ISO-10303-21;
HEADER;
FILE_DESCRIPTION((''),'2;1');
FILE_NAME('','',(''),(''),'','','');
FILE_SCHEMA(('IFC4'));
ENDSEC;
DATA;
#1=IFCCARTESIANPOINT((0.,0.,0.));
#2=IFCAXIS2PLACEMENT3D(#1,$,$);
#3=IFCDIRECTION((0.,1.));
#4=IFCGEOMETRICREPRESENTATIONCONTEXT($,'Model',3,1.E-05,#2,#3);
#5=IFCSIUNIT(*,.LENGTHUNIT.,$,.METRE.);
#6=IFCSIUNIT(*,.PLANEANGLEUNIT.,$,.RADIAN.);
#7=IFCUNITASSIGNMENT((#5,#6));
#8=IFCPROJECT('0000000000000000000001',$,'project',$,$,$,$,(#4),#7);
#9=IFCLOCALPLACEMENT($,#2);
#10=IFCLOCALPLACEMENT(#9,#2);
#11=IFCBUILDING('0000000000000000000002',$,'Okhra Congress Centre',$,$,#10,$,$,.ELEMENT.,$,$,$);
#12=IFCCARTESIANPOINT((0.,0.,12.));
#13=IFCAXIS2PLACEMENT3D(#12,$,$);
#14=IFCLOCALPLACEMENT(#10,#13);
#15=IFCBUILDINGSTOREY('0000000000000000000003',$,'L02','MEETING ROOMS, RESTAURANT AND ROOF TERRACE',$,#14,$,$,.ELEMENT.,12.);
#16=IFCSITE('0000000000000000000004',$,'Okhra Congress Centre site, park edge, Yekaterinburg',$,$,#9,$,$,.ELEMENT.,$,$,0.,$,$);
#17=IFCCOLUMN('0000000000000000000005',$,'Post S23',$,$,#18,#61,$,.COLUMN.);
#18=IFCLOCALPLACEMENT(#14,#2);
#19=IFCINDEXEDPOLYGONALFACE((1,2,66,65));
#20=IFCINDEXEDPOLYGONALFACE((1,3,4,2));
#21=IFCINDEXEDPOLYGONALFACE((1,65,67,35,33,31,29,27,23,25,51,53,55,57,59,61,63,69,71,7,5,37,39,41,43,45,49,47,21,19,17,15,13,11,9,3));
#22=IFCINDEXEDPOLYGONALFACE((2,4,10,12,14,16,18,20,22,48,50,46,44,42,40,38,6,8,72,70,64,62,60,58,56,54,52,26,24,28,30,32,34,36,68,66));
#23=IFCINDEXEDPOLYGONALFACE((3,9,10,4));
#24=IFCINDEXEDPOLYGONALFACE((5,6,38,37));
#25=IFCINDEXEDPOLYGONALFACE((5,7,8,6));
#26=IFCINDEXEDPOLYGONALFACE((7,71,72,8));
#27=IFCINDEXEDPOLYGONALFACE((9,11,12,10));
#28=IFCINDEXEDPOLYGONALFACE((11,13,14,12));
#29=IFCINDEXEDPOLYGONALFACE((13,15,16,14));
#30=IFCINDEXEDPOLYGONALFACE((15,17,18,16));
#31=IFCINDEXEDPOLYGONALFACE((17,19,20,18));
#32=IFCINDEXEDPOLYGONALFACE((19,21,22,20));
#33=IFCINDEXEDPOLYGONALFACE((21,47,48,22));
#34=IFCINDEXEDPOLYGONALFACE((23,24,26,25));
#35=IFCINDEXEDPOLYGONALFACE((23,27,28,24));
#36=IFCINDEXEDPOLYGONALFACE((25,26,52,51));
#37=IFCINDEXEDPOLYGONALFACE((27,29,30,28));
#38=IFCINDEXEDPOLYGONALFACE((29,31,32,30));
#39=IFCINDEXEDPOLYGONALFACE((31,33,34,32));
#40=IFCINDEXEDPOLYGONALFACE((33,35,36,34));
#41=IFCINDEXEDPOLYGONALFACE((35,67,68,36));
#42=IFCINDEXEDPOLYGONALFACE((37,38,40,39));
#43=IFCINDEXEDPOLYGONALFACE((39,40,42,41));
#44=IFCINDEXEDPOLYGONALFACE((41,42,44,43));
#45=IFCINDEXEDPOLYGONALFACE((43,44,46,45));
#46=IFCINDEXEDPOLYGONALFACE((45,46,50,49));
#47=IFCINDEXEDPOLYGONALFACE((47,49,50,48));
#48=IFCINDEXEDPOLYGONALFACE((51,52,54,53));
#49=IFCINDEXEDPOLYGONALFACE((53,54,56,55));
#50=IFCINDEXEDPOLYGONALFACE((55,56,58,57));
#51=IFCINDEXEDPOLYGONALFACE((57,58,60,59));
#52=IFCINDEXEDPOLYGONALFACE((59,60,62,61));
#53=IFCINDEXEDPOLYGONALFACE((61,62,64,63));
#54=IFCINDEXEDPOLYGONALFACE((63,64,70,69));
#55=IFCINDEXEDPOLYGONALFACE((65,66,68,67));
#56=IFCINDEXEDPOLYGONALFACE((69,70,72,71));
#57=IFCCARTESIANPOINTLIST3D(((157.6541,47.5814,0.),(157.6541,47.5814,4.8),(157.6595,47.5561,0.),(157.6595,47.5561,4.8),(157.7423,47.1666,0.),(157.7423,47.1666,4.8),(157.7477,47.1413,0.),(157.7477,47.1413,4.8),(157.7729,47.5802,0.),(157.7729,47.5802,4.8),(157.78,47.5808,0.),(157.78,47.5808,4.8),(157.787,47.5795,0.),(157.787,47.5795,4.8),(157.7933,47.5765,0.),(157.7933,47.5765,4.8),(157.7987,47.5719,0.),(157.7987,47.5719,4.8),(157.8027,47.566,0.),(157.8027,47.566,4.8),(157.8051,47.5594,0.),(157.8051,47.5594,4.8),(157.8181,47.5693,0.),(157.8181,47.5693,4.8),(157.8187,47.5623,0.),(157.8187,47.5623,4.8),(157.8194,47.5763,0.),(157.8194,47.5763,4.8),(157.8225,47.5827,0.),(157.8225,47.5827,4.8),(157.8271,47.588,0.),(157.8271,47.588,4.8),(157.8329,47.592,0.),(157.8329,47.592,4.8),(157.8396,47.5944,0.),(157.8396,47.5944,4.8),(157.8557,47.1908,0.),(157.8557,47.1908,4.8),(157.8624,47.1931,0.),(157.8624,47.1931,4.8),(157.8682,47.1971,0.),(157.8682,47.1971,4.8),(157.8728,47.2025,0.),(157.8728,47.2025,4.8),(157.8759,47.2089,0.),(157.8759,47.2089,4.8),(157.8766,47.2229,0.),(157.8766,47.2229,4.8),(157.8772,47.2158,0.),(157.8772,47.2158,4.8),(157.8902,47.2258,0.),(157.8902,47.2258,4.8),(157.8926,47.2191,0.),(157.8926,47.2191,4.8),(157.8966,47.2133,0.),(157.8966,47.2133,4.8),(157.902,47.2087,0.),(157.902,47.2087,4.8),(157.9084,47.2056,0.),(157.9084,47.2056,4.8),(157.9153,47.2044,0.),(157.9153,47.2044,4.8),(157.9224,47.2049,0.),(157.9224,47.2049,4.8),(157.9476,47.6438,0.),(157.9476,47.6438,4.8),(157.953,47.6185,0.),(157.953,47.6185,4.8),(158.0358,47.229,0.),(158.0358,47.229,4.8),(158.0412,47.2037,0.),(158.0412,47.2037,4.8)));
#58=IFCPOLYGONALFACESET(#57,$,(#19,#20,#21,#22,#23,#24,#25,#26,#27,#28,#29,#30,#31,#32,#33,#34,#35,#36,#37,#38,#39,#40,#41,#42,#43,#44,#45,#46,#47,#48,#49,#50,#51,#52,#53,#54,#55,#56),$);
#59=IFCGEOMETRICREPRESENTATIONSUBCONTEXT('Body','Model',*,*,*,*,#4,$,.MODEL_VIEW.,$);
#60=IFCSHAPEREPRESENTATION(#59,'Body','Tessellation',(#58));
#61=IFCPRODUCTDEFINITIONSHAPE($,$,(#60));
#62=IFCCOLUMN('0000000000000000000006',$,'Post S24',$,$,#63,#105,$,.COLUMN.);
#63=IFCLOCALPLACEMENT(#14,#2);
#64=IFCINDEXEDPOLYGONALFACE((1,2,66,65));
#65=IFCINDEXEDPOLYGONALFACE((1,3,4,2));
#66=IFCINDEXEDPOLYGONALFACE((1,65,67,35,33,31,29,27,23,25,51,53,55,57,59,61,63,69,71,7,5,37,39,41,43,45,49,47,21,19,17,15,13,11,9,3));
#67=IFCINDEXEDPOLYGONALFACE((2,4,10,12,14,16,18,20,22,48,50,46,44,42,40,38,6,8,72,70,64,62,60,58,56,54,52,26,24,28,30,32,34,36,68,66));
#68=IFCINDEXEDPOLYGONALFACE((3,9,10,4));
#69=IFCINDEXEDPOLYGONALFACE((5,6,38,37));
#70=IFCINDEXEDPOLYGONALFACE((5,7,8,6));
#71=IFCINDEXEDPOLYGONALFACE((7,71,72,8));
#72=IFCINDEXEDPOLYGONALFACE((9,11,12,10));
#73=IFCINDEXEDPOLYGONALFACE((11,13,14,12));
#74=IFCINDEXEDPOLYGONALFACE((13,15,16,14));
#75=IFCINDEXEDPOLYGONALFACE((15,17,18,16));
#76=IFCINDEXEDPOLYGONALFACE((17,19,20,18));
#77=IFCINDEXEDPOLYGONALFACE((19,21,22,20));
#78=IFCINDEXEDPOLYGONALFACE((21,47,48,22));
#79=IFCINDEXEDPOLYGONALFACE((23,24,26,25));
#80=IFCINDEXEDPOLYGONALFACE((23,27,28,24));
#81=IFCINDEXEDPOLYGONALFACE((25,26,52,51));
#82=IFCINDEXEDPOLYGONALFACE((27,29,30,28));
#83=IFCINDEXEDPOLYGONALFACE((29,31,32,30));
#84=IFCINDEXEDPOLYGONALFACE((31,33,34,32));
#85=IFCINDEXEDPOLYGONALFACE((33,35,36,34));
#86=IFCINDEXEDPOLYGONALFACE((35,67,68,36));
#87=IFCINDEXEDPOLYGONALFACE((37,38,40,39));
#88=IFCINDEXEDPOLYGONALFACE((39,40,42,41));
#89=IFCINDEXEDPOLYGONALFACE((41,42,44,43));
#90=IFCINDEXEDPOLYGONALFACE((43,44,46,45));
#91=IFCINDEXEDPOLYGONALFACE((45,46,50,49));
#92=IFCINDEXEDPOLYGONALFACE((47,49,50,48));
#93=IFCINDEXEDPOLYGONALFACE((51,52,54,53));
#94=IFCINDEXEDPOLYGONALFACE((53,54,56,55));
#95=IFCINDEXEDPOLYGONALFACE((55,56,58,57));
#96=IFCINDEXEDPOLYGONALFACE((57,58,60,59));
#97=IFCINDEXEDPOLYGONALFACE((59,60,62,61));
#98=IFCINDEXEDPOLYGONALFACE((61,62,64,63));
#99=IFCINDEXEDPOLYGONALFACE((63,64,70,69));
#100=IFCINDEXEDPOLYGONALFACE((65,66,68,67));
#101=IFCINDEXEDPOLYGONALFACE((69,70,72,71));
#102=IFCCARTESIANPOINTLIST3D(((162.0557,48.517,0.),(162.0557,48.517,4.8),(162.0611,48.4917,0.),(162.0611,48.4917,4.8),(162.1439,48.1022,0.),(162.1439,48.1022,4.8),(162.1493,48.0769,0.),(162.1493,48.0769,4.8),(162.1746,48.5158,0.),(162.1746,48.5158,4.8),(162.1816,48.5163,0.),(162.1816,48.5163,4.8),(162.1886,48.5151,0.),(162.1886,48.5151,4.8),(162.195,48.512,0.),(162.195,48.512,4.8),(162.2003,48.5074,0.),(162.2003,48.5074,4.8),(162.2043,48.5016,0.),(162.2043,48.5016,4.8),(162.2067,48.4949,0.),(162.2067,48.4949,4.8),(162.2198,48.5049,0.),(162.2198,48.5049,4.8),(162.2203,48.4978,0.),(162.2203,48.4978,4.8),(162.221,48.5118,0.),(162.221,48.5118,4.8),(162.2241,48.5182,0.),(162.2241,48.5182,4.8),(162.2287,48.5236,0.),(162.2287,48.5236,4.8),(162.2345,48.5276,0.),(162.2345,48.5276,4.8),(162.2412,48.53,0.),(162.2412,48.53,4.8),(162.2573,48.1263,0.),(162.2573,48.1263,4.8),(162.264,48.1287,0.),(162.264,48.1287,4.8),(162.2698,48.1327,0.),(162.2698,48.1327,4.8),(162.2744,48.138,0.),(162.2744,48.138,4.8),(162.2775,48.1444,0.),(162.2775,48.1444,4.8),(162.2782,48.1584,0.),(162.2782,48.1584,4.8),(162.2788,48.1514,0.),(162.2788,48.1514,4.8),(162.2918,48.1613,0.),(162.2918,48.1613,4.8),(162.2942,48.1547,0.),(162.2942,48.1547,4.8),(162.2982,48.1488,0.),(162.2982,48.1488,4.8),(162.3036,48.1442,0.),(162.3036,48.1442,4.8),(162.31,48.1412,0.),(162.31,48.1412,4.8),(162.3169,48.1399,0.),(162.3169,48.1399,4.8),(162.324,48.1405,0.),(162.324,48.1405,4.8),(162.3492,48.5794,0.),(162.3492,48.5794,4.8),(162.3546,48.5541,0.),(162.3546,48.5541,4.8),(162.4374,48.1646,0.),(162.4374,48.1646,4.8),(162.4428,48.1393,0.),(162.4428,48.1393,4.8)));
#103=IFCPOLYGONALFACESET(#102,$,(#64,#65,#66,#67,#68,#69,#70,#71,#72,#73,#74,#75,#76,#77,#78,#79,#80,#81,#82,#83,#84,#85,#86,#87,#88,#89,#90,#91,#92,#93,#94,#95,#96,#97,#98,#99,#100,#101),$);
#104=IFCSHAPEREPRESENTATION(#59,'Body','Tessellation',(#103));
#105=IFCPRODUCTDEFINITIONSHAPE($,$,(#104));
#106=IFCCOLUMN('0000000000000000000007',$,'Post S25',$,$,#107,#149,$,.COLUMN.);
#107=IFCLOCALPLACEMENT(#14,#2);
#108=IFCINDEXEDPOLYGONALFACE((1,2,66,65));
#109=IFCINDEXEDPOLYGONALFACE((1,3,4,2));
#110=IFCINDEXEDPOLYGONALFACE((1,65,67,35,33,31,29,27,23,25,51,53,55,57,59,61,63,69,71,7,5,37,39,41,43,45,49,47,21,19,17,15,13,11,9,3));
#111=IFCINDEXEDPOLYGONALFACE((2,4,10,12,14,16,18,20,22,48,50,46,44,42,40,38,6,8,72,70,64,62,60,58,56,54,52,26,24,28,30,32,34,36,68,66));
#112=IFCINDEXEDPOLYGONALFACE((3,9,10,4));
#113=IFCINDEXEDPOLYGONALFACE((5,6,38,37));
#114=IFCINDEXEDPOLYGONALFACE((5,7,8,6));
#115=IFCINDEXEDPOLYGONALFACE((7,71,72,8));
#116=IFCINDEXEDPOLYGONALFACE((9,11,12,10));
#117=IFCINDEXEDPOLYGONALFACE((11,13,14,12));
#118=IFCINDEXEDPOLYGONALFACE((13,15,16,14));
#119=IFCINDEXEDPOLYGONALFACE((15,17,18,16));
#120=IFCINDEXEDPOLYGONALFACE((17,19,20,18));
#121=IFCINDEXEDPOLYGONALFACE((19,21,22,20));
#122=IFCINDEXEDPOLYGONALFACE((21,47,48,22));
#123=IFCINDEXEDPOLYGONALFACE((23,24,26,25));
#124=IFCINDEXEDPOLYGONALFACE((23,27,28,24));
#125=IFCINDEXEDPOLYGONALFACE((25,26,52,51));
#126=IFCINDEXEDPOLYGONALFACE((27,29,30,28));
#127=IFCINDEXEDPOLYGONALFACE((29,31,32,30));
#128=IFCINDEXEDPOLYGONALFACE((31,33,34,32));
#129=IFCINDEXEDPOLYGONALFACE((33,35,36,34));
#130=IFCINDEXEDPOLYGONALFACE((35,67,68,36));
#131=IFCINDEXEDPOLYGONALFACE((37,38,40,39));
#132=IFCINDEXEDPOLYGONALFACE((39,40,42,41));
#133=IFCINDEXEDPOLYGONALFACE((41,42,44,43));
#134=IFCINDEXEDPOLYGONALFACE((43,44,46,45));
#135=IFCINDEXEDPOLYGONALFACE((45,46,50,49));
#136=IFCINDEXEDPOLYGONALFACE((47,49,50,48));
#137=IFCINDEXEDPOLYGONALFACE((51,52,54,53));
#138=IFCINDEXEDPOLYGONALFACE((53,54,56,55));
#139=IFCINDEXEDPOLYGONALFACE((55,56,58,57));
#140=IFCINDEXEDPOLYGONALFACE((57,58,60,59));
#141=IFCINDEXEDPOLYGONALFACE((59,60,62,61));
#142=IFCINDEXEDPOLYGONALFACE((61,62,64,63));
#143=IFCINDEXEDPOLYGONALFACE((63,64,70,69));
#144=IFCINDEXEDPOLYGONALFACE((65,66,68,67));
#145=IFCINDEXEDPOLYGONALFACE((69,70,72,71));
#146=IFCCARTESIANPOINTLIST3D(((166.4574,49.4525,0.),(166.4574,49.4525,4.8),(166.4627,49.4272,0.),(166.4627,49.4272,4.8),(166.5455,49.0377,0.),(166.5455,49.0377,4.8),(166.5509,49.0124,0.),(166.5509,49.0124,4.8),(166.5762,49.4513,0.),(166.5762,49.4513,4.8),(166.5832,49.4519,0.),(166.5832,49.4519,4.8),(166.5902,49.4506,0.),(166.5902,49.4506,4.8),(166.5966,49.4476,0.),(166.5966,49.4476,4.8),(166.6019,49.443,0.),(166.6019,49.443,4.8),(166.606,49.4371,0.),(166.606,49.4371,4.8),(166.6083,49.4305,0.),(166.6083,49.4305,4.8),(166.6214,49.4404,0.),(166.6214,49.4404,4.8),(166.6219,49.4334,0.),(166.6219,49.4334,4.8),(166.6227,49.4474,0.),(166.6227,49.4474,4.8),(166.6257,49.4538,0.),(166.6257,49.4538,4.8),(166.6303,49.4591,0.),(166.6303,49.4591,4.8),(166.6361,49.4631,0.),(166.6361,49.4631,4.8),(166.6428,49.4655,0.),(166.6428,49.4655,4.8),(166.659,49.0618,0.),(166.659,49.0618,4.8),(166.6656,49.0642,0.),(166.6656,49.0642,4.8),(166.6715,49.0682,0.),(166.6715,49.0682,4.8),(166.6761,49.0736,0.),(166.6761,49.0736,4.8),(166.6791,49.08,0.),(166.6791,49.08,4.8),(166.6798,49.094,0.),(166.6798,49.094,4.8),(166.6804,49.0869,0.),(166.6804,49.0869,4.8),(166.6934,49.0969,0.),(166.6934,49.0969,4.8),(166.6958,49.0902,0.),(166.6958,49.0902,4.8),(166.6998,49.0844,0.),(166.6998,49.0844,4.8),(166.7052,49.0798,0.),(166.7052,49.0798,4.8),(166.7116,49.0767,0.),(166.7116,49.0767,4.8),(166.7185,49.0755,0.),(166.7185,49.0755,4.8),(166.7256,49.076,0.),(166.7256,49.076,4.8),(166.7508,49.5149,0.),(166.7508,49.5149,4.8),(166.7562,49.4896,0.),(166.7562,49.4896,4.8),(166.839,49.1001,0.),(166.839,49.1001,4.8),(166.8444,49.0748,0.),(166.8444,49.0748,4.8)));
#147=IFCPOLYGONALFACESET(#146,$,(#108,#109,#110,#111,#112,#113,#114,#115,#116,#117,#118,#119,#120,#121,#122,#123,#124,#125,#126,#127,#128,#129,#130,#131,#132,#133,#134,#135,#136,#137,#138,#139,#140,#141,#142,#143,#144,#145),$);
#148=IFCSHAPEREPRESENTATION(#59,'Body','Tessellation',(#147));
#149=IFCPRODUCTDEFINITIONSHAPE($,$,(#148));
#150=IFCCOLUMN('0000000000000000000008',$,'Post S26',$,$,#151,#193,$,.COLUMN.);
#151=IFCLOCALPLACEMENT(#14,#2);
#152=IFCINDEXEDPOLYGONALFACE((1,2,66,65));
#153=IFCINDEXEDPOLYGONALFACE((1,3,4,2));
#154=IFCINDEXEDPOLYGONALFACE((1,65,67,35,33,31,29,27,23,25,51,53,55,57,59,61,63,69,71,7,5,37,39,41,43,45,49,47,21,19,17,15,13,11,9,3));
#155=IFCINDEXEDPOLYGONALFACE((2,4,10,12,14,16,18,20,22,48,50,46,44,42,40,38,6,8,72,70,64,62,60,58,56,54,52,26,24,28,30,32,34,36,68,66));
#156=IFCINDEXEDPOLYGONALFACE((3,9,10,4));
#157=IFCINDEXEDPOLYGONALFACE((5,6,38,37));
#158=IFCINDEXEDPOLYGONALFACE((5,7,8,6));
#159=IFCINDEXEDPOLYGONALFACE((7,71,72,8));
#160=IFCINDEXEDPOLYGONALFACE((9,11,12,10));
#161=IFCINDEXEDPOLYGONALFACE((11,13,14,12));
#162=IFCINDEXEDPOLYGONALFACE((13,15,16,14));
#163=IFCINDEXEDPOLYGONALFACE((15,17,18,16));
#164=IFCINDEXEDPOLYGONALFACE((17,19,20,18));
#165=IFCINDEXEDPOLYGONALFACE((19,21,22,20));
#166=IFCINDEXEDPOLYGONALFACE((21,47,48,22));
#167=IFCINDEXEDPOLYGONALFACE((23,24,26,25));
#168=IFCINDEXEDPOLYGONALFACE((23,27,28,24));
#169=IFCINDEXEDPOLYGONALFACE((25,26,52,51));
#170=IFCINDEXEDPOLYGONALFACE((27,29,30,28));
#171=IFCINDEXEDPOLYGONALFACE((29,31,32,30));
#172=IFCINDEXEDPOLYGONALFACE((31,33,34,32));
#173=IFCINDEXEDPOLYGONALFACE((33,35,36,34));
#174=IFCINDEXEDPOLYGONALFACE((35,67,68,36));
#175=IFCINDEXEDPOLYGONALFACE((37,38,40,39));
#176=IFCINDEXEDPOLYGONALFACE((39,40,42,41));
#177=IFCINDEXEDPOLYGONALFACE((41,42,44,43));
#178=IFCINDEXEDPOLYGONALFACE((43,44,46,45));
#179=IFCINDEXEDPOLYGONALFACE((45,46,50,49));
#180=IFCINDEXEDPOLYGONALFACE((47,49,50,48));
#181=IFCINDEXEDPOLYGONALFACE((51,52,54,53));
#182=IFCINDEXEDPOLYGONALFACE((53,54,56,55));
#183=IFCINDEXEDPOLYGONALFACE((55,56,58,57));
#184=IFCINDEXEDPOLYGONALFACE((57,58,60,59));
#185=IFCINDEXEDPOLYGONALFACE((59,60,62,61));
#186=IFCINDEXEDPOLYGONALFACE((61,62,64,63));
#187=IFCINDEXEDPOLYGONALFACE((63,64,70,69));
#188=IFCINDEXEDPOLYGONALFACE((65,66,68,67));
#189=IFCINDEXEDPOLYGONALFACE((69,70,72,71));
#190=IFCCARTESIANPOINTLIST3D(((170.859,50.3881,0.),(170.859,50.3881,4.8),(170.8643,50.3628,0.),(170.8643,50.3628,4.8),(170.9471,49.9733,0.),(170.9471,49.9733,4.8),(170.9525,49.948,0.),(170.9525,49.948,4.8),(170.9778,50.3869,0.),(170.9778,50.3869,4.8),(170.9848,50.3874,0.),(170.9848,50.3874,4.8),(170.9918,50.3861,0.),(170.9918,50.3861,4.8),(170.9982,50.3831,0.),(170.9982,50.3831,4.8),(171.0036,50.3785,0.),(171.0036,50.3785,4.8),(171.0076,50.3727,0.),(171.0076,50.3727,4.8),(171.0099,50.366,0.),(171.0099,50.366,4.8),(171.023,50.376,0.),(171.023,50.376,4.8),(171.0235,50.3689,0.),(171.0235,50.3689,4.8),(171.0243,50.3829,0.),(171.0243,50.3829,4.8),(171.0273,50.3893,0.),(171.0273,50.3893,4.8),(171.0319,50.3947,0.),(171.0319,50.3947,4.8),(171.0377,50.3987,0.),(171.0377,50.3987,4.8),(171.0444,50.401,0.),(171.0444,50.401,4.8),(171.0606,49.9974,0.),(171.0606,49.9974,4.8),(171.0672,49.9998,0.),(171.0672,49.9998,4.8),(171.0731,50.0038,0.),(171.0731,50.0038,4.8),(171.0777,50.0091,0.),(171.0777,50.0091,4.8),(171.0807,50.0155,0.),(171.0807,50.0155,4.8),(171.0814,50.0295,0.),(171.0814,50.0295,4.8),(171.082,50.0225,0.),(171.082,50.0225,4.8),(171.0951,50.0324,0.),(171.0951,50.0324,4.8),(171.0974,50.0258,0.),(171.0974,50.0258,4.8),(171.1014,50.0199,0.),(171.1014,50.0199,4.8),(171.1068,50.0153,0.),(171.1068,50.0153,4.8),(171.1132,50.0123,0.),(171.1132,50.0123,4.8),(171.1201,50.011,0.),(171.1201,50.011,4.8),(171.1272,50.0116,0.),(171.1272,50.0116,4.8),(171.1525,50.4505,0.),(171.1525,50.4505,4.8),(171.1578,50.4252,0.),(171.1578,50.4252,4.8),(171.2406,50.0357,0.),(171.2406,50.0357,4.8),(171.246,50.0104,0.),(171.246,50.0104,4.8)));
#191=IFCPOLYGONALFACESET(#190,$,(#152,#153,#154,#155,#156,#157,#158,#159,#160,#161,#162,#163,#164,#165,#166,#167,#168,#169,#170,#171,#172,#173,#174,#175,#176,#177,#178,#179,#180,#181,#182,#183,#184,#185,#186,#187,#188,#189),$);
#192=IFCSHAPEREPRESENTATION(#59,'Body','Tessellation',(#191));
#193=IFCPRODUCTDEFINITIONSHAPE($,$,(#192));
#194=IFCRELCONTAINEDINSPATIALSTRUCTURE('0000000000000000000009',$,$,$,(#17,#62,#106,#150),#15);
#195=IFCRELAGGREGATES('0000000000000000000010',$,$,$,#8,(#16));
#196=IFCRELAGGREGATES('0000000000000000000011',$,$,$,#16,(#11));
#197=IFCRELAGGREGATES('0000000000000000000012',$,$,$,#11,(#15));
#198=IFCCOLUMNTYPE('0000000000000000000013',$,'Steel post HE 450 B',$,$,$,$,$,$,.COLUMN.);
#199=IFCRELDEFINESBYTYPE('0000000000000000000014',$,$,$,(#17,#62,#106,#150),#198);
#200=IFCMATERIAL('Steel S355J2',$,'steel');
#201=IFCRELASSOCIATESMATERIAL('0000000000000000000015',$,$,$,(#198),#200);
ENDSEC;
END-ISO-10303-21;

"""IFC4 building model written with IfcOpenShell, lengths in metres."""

from ifc_helpers import new_model, si_unit, direction, frame, origin, origin_2d, place, context, subcontext, project, spatial, i_section, extrude, material, material_profile, profile_set, type_object, element, save


model = new_model("IFC4")

# Units and contexts
model_context = context("Model", 3, precision=1e-05, world=origin(), true_north=direction((0.0, 1.0)))
body_context = subcontext(model_context, "Body", "Model", "MODEL_VIEW")
ifc_project = project(units=[si_unit("LENGTHUNIT", "METRE"), si_unit("PLANEANGLEUNIT", "RADIAN")], contexts=[model_context])

# Site, building, storey
site_placement = place(None, origin())
site = spatial("IfcSite", under=ifc_project, at=site_placement, Name="Okhra Congress Centre site, park edge, Yekaterinburg", CompositionType="ELEMENT", RefElevation=0.0)
building_placement = place(site_placement, origin())
building = spatial("IfcBuilding", under=site, at=building_placement, Name="Okhra Congress Centre", CompositionType="ELEMENT")
storey_placement = place(building_placement, frame((0.0, 0.0, 12.0)))
storey = spatial("IfcBuildingStorey", under=building, at=storey_placement, Name="L02", Description="MEETING ROOMS, RESTAURANT AND ROOF TERRACE", CompositionType="ELEMENT", Elevation=12.0)

# Columns
ifc_material_1 = material(Name="Steel S355J2", Category="steel")
ifc_material_profile_1 = material_profile(ifc_material_1, i_section(OverallWidth=0.3, OverallDepth=0.45, WebThickness=0.0139, FlangeThickness=0.0259, FilletRadius=0.0271, at=origin_2d()), Name="HE 450 B")
ifc_profile_set_1 = profile_set([ifc_material_profile_1], Name="Steel S355J2")
column_type = type_object("IfcColumnType", Name="Steel post HE 450 B", PredefinedType="COLUMN", material=ifc_profile_set_1)
for number, where, z_axis, x_axis, name in (
    (1, (157.8477, 47.3926, 0.0), (0.0, 0.0, 1.0), (0.978148, 0.207912, 0.0), "Post S23"),
    (2, (162.2493, 48.3281, 0.0), (0.0, 0.0, 1.0), (0.978148, 0.207912, 0.0), "Post S24"),
    (3, (166.6509, 49.2637, 0.0), (0.0, 0.0, 1.0), (0.978148, 0.207912, 0.0), "Post S25"),
    (4, (171.0525, 50.1992, 0.0), (0.0, 0.0, 1.0), (0.978148, 0.207912, 0.0), "Post S26"),
):
    element("IfcColumn", number, at=place(storey_placement, frame(where, z_axis=z_axis, x_axis=x_axis)), inside=storey, type_object=column_type, Name=name, PredefinedType="COLUMN", context=body_context, shape_type="SweptSolid", body=[
        extrude(i_section(OverallWidth=0.3, OverallDepth=0.45, WebThickness=0.0139, FlangeThickness=0.0259, FilletRadius=0.0271, at=origin_2d()), origin(), (0.0, 0.0, 1.0), 4.8),
    ])

save(model, "model.ifc")
